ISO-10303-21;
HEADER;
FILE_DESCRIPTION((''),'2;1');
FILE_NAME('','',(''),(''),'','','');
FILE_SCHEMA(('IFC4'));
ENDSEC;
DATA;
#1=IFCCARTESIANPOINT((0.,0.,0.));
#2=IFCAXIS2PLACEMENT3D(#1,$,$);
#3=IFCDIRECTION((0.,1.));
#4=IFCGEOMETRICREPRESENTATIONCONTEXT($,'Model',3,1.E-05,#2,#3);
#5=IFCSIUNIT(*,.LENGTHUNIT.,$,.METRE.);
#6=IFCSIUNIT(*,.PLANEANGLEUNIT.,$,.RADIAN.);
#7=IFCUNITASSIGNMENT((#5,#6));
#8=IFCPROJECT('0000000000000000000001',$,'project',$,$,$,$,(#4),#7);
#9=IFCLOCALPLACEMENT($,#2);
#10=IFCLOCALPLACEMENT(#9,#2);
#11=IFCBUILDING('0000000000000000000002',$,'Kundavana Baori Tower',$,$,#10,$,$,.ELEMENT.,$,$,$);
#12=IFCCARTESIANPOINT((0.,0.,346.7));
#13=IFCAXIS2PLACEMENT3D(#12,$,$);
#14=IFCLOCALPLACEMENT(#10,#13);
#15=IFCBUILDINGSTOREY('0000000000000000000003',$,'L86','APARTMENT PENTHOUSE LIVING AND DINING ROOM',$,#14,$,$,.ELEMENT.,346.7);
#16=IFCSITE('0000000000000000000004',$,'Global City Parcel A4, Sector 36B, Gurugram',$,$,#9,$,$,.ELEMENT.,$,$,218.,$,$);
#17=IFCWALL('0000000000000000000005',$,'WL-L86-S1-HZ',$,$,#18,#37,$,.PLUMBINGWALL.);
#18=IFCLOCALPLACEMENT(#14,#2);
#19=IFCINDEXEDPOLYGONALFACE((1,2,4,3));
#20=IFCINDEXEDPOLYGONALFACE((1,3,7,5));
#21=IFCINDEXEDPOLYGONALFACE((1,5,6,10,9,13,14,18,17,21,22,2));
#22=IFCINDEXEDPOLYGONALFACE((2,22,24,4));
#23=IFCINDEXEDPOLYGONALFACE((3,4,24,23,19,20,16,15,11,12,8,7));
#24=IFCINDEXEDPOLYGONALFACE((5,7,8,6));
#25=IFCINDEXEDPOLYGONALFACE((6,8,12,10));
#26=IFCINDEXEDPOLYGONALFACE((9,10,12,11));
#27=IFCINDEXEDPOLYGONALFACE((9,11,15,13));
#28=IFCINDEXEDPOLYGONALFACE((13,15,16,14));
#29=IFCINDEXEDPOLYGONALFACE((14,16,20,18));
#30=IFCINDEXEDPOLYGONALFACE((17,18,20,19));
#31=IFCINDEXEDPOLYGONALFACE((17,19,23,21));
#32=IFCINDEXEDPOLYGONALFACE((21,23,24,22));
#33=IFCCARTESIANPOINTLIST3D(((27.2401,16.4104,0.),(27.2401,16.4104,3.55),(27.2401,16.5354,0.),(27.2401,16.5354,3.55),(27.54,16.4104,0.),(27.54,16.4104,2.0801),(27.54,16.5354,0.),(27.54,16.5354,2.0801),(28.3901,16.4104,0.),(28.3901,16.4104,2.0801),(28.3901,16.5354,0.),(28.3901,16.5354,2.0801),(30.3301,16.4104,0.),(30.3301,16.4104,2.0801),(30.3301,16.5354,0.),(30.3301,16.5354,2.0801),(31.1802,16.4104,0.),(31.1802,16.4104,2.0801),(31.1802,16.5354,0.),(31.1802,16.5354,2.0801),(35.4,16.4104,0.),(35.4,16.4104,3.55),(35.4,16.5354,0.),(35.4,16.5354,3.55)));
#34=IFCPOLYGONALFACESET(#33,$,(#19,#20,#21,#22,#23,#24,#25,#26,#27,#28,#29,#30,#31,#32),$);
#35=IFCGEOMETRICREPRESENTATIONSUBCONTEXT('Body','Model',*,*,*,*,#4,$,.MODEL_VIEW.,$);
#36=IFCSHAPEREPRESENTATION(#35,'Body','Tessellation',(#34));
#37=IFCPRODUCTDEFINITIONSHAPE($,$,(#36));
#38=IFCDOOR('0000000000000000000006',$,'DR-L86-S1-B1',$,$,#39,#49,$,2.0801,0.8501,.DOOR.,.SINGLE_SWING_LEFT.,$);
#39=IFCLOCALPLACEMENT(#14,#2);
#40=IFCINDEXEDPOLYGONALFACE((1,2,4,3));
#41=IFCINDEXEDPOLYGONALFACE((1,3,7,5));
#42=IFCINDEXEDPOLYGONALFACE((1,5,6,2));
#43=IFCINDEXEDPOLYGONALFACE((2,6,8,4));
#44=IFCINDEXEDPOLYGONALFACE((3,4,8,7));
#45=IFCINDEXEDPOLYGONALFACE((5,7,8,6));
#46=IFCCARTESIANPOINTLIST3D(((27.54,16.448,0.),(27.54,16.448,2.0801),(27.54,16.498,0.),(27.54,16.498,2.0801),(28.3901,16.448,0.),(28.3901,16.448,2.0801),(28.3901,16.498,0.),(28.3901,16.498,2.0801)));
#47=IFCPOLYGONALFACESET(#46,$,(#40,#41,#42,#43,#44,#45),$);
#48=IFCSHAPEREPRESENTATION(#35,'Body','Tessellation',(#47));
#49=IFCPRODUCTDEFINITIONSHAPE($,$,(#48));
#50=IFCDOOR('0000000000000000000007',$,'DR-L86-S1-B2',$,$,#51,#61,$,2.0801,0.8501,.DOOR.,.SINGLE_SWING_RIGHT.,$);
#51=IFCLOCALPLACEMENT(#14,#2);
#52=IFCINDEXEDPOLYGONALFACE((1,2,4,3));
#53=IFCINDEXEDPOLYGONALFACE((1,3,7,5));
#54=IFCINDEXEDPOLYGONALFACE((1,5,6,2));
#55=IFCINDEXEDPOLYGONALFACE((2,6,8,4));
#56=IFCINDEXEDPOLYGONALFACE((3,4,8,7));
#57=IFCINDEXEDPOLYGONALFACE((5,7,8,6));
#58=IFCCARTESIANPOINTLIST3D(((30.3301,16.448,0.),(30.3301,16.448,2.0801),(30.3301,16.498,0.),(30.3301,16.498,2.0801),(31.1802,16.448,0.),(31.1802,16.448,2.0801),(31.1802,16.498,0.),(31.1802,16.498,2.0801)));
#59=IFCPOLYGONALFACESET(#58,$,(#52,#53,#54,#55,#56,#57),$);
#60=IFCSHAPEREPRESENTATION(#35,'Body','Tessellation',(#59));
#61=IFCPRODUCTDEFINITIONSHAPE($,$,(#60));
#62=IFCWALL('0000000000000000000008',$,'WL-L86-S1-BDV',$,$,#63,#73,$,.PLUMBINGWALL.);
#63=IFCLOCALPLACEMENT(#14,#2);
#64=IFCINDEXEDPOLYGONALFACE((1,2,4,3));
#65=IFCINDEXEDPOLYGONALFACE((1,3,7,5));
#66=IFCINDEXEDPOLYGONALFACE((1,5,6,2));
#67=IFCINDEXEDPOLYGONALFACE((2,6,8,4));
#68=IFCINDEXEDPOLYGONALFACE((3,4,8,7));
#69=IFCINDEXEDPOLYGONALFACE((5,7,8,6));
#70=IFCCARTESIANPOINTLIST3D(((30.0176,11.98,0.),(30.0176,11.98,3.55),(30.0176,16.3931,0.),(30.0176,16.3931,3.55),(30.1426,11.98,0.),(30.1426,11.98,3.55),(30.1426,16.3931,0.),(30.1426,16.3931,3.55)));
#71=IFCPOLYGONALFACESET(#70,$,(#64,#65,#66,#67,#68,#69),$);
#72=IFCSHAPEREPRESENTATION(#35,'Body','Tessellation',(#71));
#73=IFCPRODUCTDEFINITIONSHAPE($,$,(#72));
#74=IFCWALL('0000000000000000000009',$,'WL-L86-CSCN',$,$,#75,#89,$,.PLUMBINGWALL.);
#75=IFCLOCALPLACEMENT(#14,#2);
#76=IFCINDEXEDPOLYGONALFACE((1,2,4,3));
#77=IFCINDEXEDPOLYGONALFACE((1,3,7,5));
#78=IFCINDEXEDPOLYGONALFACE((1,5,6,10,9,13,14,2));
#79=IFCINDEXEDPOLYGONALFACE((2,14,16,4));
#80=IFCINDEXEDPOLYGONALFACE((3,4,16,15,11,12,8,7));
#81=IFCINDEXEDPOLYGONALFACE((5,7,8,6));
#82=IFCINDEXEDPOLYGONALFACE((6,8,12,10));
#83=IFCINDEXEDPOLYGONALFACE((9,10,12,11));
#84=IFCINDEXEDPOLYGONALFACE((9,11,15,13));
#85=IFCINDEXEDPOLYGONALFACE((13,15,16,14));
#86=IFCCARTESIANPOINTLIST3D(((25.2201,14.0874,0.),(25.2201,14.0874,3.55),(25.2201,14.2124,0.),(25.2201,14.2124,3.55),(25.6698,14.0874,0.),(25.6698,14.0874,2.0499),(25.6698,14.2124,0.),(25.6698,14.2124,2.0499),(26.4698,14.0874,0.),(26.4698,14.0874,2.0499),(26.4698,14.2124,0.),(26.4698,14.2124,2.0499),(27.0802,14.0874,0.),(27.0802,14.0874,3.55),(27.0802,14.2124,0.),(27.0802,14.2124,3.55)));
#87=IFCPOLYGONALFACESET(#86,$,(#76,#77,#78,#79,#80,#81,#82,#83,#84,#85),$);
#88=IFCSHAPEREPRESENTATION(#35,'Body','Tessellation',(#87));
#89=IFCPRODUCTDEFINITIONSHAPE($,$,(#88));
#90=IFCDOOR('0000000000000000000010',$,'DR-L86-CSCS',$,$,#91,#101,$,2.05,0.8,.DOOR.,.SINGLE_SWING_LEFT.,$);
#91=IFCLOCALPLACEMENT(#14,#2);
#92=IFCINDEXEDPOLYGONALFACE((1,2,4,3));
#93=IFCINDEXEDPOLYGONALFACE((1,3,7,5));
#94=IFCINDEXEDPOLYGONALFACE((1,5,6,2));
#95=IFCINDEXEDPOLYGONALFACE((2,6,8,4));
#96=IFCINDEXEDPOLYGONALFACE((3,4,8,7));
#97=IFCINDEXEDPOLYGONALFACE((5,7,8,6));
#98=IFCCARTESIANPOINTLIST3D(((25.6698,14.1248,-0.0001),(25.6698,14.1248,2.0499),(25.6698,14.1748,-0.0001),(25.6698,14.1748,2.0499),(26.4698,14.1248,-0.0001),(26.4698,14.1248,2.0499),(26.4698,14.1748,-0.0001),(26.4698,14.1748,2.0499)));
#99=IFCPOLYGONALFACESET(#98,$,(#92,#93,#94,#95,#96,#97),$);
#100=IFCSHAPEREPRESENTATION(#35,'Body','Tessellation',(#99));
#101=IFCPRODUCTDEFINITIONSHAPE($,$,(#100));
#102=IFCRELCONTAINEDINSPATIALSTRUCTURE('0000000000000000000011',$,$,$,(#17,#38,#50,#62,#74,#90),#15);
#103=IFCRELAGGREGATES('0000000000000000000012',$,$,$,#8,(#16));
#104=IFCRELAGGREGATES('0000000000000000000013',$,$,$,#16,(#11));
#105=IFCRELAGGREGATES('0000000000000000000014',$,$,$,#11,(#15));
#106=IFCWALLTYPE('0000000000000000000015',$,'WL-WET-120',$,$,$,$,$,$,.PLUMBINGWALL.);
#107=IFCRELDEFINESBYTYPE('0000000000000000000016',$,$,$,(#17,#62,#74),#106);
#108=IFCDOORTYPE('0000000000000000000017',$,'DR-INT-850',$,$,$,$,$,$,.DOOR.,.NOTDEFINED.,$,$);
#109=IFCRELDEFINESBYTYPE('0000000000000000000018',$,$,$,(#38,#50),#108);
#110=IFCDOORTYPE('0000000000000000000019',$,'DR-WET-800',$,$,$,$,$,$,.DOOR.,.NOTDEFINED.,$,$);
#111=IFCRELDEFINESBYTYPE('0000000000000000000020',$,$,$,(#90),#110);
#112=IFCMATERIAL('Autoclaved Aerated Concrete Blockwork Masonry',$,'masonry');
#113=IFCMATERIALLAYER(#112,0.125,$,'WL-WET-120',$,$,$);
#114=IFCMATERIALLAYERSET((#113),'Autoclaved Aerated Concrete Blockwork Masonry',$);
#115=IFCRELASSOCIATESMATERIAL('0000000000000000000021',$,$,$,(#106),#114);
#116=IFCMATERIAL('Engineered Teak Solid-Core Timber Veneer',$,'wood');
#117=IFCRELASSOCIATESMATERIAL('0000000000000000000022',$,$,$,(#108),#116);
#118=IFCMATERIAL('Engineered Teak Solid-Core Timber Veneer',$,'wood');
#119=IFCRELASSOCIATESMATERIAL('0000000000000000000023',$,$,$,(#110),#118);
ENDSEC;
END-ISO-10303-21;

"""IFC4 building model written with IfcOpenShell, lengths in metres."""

from ifc_helpers import new_model, si_unit, direction, frame, frame_2d, origin, place, context, subcontext, project, spatial, rectangle, extrude, material, layer, layer_set, type_object, element, fill, save


model = new_model("IFC4")

# Units and contexts
model_context = context("Model", 3, precision=1e-05, world=origin(), true_north=direction((0.0, 1.0)))
body_context = subcontext(model_context, "Body", "Model", "MODEL_VIEW")
ifc_project = project(units=[si_unit("LENGTHUNIT", "METRE"), si_unit("PLANEANGLEUNIT", "RADIAN")], contexts=[model_context])

# Site, building, storey
site_placement = place(None, origin())
site = spatial("IfcSite", under=ifc_project, at=site_placement, Name="Global City Parcel A4, Sector 36B, Gurugram", CompositionType="ELEMENT", RefElevation=218.0)
building_placement = place(site_placement, origin())
building = spatial("IfcBuilding", under=site, at=building_placement, Name="Kundavana Baori Tower", CompositionType="ELEMENT")
storey_placement = place(building_placement, frame((0.0, 0.0, 346.7)))
storey = spatial("IfcBuildingStorey", under=building, at=storey_placement, Name="L86", Description="APARTMENT PENTHOUSE LIVING AND DINING ROOM", CompositionType="ELEMENT", Elevation=346.7)

# Shared definitions
ifc_material_1 = material(Name="Autoclaved Aerated Concrete Blockwork Masonry", Category="masonry")
ifc_layer_1 = layer(ifc_material_1, 0.125, Name="WL-WET-120")
ifc_layer_set_1 = layer_set([ifc_layer_1], Name="Autoclaved Aerated Concrete Blockwork Masonry")
wall_type_1 = type_object("IfcWallType", Name="WL-WET-120", PredefinedType="PLUMBINGWALL", material=ifc_layer_set_1)

# Wall, openings, doors
wall_1_placement = place(storey_placement, frame((27.24, 16.4729, 0.0), z_axis=(0.0, 0.0, 1.0), x_axis=(1.0, 0.0, 0.0)))
wall_1 = element("IfcWall", 1, at=wall_1_placement, inside=storey, type_object=wall_type_1, Name="WL-L86-S1-HZ", PredefinedType="PLUMBINGWALL", context=body_context, shape_type="SweptSolid", body=[
    extrude(rectangle(XDim=8.1599, YDim=0.125, at=frame_2d((4.0801, 0.0))), origin(), (0.0, 0.0, 1.0), 3.55),
])
opening_1_placement = place(wall_1_placement, frame((0.3, 0.0, 0.0)))
opening_1 = element("IfcOpeningElement", 2, at=opening_1_placement, cuts=wall_1, PredefinedType="OPENING", context=body_context, shape_type="SweptSolid", body=[
    extrude(rectangle(XDim=0.8501, YDim=2.0801, at=frame_2d((0.425, 1.04))), frame((0.0, 0.0725, 0.0), z_axis=(0.0, -1.0, 0.0), x_axis=(1.0, 0.0, 0.0)), (0.0, 0.0, 1.0), 0.145),
])
opening_2_placement = place(wall_1_placement, frame((3.0901, 0.0, 0.0)))
opening_2 = element("IfcOpeningElement", 3, at=opening_2_placement, cuts=wall_1, PredefinedType="OPENING", context=body_context, shape_type="SweptSolid", body=[
    extrude(rectangle(XDim=0.8501, YDim=2.0801, at=frame_2d((0.425, 1.04))), frame((0.0, 0.0725, 0.0), z_axis=(0.0, -1.0, 0.0), x_axis=(1.0, 0.0, 0.0)), (0.0, 0.0, 1.0), 0.145),
])
ifc_material_2 = material(Name="Engineered Teak Solid-Core Timber Veneer", Category="wood")
door_type_1 = type_object("IfcDoorType", Name="DR-INT-850", OperationType="NOTDEFINED", PredefinedType="DOOR", material=ifc_material_2)
door_1_placement = place(opening_1_placement, frame((0.8501, 0.0, 0.0), z_axis=(0.0, 0.0, 1.0), x_axis=(-1.0, 0.0, 0.0)))
door_1 = element("IfcDoor", 4, at=door_1_placement, inside=storey, type_object=door_type_1, Name="DR-L86-S1-B1", OperationType="SINGLE_SWING_LEFT", OverallHeight=2.0801, OverallWidth=0.8501, PredefinedType="DOOR", context=body_context, shape_type="SweptSolid", body=[
    extrude(rectangle(XDim=0.8501, YDim=2.0801, at=frame_2d((0.425, 1.04))), frame((0.0, 0.0249, 0.0), z_axis=(0.0, -1.0, 0.0), x_axis=(1.0, 0.0, 0.0)), (0.0, 0.0, 1.0), 0.05),
])
fill(opening_1, door_1)
door_2_placement = place(opening_2_placement, frame((0.8501, 0.0, 0.0), z_axis=(0.0, 0.0, 1.0), x_axis=(-1.0, 0.0, 0.0)))
door_2 = element("IfcDoor", 5, at=door_2_placement, inside=storey, type_object=door_type_1, Name="DR-L86-S1-B2", OperationType="SINGLE_SWING_RIGHT", OverallHeight=2.0801, OverallWidth=0.8501, PredefinedType="DOOR", context=body_context, shape_type="SweptSolid", body=[
    extrude(rectangle(XDim=0.8501, YDim=2.0801, at=frame_2d((0.425, 1.04))), frame((0.0, 0.0249, 0.0), z_axis=(0.0, -1.0, 0.0), x_axis=(1.0, 0.0, 0.0)), (0.0, 0.0, 1.0), 0.05),
])
fill(opening_2, door_2)

# Wall
wall_2_placement = place(storey_placement, frame((30.0801, 11.98, 0.0), z_axis=(0.0, 0.0, 1.0), x_axis=(0.0, 1.0, 0.0)))
element("IfcWall", 6, at=wall_2_placement, inside=storey, type_object=wall_type_1, Name="WL-L86-S1-BDV", PredefinedType="PLUMBINGWALL", context=body_context, shape_type="SweptSolid", body=[
    extrude(rectangle(XDim=4.4131, YDim=0.125, at=frame_2d((2.2065, 0.0))), origin(), (0.0, 0.0, 1.0), 3.55),
])

# Wall, opening, door
wall_3_placement = place(storey_placement, frame((25.22, 14.1499, 0.0), z_axis=(0.0, 0.0, 1.0), x_axis=(1.0, 0.0, 0.0)))
wall_3 = element("IfcWall", 7, at=wall_3_placement, inside=storey, type_object=wall_type_1, Name="WL-L86-CSCN", PredefinedType="PLUMBINGWALL", context=body_context, shape_type="SweptSolid", body=[
    extrude(rectangle(XDim=1.8601, YDim=0.125, at=frame_2d((0.9302, 0.0))), origin(), (0.0, 0.0, 1.0), 3.55),
])
opening_3_placement = place(wall_3_placement, frame((0.45, 0.0, 0.0)))
opening_3 = element("IfcOpeningElement", 8, at=opening_3_placement, cuts=wall_3, PredefinedType="OPENING", context=body_context, shape_type="SweptSolid", body=[
    extrude(rectangle(XDim=0.8, YDim=2.05, at=frame_2d((0.3999, 1.0249))), frame((0.0, 0.0725, 0.0), z_axis=(0.0, -1.0, 0.0), x_axis=(1.0, 0.0, 0.0)), (0.0, 0.0, 1.0), 0.145),
])
ifc_material_3 = material(Name="Engineered Teak Solid-Core Timber Veneer", Category="wood")
door_type_2 = type_object("IfcDoorType", Name="DR-WET-800", OperationType="NOTDEFINED", PredefinedType="DOOR", material=ifc_material_3)
door_3_placement = place(opening_3_placement, origin())
door_3 = element("IfcDoor", 9, at=door_3_placement, inside=storey, type_object=door_type_2, Name="DR-L86-CSCS", OperationType="SINGLE_SWING_LEFT", OverallHeight=2.05, OverallWidth=0.8, PredefinedType="DOOR", context=body_context, shape_type="SweptSolid", body=[
    extrude(rectangle(XDim=0.8, YDim=2.05, at=frame_2d((0.3999, 1.0249))), frame((0.0, 0.0249, 0.0), z_axis=(0.0, -1.0, 0.0), x_axis=(1.0, 0.0, 0.0)), (0.0, 0.0, 1.0), 0.05),
])
fill(opening_3, door_3)

save(model, "model.ifc")
